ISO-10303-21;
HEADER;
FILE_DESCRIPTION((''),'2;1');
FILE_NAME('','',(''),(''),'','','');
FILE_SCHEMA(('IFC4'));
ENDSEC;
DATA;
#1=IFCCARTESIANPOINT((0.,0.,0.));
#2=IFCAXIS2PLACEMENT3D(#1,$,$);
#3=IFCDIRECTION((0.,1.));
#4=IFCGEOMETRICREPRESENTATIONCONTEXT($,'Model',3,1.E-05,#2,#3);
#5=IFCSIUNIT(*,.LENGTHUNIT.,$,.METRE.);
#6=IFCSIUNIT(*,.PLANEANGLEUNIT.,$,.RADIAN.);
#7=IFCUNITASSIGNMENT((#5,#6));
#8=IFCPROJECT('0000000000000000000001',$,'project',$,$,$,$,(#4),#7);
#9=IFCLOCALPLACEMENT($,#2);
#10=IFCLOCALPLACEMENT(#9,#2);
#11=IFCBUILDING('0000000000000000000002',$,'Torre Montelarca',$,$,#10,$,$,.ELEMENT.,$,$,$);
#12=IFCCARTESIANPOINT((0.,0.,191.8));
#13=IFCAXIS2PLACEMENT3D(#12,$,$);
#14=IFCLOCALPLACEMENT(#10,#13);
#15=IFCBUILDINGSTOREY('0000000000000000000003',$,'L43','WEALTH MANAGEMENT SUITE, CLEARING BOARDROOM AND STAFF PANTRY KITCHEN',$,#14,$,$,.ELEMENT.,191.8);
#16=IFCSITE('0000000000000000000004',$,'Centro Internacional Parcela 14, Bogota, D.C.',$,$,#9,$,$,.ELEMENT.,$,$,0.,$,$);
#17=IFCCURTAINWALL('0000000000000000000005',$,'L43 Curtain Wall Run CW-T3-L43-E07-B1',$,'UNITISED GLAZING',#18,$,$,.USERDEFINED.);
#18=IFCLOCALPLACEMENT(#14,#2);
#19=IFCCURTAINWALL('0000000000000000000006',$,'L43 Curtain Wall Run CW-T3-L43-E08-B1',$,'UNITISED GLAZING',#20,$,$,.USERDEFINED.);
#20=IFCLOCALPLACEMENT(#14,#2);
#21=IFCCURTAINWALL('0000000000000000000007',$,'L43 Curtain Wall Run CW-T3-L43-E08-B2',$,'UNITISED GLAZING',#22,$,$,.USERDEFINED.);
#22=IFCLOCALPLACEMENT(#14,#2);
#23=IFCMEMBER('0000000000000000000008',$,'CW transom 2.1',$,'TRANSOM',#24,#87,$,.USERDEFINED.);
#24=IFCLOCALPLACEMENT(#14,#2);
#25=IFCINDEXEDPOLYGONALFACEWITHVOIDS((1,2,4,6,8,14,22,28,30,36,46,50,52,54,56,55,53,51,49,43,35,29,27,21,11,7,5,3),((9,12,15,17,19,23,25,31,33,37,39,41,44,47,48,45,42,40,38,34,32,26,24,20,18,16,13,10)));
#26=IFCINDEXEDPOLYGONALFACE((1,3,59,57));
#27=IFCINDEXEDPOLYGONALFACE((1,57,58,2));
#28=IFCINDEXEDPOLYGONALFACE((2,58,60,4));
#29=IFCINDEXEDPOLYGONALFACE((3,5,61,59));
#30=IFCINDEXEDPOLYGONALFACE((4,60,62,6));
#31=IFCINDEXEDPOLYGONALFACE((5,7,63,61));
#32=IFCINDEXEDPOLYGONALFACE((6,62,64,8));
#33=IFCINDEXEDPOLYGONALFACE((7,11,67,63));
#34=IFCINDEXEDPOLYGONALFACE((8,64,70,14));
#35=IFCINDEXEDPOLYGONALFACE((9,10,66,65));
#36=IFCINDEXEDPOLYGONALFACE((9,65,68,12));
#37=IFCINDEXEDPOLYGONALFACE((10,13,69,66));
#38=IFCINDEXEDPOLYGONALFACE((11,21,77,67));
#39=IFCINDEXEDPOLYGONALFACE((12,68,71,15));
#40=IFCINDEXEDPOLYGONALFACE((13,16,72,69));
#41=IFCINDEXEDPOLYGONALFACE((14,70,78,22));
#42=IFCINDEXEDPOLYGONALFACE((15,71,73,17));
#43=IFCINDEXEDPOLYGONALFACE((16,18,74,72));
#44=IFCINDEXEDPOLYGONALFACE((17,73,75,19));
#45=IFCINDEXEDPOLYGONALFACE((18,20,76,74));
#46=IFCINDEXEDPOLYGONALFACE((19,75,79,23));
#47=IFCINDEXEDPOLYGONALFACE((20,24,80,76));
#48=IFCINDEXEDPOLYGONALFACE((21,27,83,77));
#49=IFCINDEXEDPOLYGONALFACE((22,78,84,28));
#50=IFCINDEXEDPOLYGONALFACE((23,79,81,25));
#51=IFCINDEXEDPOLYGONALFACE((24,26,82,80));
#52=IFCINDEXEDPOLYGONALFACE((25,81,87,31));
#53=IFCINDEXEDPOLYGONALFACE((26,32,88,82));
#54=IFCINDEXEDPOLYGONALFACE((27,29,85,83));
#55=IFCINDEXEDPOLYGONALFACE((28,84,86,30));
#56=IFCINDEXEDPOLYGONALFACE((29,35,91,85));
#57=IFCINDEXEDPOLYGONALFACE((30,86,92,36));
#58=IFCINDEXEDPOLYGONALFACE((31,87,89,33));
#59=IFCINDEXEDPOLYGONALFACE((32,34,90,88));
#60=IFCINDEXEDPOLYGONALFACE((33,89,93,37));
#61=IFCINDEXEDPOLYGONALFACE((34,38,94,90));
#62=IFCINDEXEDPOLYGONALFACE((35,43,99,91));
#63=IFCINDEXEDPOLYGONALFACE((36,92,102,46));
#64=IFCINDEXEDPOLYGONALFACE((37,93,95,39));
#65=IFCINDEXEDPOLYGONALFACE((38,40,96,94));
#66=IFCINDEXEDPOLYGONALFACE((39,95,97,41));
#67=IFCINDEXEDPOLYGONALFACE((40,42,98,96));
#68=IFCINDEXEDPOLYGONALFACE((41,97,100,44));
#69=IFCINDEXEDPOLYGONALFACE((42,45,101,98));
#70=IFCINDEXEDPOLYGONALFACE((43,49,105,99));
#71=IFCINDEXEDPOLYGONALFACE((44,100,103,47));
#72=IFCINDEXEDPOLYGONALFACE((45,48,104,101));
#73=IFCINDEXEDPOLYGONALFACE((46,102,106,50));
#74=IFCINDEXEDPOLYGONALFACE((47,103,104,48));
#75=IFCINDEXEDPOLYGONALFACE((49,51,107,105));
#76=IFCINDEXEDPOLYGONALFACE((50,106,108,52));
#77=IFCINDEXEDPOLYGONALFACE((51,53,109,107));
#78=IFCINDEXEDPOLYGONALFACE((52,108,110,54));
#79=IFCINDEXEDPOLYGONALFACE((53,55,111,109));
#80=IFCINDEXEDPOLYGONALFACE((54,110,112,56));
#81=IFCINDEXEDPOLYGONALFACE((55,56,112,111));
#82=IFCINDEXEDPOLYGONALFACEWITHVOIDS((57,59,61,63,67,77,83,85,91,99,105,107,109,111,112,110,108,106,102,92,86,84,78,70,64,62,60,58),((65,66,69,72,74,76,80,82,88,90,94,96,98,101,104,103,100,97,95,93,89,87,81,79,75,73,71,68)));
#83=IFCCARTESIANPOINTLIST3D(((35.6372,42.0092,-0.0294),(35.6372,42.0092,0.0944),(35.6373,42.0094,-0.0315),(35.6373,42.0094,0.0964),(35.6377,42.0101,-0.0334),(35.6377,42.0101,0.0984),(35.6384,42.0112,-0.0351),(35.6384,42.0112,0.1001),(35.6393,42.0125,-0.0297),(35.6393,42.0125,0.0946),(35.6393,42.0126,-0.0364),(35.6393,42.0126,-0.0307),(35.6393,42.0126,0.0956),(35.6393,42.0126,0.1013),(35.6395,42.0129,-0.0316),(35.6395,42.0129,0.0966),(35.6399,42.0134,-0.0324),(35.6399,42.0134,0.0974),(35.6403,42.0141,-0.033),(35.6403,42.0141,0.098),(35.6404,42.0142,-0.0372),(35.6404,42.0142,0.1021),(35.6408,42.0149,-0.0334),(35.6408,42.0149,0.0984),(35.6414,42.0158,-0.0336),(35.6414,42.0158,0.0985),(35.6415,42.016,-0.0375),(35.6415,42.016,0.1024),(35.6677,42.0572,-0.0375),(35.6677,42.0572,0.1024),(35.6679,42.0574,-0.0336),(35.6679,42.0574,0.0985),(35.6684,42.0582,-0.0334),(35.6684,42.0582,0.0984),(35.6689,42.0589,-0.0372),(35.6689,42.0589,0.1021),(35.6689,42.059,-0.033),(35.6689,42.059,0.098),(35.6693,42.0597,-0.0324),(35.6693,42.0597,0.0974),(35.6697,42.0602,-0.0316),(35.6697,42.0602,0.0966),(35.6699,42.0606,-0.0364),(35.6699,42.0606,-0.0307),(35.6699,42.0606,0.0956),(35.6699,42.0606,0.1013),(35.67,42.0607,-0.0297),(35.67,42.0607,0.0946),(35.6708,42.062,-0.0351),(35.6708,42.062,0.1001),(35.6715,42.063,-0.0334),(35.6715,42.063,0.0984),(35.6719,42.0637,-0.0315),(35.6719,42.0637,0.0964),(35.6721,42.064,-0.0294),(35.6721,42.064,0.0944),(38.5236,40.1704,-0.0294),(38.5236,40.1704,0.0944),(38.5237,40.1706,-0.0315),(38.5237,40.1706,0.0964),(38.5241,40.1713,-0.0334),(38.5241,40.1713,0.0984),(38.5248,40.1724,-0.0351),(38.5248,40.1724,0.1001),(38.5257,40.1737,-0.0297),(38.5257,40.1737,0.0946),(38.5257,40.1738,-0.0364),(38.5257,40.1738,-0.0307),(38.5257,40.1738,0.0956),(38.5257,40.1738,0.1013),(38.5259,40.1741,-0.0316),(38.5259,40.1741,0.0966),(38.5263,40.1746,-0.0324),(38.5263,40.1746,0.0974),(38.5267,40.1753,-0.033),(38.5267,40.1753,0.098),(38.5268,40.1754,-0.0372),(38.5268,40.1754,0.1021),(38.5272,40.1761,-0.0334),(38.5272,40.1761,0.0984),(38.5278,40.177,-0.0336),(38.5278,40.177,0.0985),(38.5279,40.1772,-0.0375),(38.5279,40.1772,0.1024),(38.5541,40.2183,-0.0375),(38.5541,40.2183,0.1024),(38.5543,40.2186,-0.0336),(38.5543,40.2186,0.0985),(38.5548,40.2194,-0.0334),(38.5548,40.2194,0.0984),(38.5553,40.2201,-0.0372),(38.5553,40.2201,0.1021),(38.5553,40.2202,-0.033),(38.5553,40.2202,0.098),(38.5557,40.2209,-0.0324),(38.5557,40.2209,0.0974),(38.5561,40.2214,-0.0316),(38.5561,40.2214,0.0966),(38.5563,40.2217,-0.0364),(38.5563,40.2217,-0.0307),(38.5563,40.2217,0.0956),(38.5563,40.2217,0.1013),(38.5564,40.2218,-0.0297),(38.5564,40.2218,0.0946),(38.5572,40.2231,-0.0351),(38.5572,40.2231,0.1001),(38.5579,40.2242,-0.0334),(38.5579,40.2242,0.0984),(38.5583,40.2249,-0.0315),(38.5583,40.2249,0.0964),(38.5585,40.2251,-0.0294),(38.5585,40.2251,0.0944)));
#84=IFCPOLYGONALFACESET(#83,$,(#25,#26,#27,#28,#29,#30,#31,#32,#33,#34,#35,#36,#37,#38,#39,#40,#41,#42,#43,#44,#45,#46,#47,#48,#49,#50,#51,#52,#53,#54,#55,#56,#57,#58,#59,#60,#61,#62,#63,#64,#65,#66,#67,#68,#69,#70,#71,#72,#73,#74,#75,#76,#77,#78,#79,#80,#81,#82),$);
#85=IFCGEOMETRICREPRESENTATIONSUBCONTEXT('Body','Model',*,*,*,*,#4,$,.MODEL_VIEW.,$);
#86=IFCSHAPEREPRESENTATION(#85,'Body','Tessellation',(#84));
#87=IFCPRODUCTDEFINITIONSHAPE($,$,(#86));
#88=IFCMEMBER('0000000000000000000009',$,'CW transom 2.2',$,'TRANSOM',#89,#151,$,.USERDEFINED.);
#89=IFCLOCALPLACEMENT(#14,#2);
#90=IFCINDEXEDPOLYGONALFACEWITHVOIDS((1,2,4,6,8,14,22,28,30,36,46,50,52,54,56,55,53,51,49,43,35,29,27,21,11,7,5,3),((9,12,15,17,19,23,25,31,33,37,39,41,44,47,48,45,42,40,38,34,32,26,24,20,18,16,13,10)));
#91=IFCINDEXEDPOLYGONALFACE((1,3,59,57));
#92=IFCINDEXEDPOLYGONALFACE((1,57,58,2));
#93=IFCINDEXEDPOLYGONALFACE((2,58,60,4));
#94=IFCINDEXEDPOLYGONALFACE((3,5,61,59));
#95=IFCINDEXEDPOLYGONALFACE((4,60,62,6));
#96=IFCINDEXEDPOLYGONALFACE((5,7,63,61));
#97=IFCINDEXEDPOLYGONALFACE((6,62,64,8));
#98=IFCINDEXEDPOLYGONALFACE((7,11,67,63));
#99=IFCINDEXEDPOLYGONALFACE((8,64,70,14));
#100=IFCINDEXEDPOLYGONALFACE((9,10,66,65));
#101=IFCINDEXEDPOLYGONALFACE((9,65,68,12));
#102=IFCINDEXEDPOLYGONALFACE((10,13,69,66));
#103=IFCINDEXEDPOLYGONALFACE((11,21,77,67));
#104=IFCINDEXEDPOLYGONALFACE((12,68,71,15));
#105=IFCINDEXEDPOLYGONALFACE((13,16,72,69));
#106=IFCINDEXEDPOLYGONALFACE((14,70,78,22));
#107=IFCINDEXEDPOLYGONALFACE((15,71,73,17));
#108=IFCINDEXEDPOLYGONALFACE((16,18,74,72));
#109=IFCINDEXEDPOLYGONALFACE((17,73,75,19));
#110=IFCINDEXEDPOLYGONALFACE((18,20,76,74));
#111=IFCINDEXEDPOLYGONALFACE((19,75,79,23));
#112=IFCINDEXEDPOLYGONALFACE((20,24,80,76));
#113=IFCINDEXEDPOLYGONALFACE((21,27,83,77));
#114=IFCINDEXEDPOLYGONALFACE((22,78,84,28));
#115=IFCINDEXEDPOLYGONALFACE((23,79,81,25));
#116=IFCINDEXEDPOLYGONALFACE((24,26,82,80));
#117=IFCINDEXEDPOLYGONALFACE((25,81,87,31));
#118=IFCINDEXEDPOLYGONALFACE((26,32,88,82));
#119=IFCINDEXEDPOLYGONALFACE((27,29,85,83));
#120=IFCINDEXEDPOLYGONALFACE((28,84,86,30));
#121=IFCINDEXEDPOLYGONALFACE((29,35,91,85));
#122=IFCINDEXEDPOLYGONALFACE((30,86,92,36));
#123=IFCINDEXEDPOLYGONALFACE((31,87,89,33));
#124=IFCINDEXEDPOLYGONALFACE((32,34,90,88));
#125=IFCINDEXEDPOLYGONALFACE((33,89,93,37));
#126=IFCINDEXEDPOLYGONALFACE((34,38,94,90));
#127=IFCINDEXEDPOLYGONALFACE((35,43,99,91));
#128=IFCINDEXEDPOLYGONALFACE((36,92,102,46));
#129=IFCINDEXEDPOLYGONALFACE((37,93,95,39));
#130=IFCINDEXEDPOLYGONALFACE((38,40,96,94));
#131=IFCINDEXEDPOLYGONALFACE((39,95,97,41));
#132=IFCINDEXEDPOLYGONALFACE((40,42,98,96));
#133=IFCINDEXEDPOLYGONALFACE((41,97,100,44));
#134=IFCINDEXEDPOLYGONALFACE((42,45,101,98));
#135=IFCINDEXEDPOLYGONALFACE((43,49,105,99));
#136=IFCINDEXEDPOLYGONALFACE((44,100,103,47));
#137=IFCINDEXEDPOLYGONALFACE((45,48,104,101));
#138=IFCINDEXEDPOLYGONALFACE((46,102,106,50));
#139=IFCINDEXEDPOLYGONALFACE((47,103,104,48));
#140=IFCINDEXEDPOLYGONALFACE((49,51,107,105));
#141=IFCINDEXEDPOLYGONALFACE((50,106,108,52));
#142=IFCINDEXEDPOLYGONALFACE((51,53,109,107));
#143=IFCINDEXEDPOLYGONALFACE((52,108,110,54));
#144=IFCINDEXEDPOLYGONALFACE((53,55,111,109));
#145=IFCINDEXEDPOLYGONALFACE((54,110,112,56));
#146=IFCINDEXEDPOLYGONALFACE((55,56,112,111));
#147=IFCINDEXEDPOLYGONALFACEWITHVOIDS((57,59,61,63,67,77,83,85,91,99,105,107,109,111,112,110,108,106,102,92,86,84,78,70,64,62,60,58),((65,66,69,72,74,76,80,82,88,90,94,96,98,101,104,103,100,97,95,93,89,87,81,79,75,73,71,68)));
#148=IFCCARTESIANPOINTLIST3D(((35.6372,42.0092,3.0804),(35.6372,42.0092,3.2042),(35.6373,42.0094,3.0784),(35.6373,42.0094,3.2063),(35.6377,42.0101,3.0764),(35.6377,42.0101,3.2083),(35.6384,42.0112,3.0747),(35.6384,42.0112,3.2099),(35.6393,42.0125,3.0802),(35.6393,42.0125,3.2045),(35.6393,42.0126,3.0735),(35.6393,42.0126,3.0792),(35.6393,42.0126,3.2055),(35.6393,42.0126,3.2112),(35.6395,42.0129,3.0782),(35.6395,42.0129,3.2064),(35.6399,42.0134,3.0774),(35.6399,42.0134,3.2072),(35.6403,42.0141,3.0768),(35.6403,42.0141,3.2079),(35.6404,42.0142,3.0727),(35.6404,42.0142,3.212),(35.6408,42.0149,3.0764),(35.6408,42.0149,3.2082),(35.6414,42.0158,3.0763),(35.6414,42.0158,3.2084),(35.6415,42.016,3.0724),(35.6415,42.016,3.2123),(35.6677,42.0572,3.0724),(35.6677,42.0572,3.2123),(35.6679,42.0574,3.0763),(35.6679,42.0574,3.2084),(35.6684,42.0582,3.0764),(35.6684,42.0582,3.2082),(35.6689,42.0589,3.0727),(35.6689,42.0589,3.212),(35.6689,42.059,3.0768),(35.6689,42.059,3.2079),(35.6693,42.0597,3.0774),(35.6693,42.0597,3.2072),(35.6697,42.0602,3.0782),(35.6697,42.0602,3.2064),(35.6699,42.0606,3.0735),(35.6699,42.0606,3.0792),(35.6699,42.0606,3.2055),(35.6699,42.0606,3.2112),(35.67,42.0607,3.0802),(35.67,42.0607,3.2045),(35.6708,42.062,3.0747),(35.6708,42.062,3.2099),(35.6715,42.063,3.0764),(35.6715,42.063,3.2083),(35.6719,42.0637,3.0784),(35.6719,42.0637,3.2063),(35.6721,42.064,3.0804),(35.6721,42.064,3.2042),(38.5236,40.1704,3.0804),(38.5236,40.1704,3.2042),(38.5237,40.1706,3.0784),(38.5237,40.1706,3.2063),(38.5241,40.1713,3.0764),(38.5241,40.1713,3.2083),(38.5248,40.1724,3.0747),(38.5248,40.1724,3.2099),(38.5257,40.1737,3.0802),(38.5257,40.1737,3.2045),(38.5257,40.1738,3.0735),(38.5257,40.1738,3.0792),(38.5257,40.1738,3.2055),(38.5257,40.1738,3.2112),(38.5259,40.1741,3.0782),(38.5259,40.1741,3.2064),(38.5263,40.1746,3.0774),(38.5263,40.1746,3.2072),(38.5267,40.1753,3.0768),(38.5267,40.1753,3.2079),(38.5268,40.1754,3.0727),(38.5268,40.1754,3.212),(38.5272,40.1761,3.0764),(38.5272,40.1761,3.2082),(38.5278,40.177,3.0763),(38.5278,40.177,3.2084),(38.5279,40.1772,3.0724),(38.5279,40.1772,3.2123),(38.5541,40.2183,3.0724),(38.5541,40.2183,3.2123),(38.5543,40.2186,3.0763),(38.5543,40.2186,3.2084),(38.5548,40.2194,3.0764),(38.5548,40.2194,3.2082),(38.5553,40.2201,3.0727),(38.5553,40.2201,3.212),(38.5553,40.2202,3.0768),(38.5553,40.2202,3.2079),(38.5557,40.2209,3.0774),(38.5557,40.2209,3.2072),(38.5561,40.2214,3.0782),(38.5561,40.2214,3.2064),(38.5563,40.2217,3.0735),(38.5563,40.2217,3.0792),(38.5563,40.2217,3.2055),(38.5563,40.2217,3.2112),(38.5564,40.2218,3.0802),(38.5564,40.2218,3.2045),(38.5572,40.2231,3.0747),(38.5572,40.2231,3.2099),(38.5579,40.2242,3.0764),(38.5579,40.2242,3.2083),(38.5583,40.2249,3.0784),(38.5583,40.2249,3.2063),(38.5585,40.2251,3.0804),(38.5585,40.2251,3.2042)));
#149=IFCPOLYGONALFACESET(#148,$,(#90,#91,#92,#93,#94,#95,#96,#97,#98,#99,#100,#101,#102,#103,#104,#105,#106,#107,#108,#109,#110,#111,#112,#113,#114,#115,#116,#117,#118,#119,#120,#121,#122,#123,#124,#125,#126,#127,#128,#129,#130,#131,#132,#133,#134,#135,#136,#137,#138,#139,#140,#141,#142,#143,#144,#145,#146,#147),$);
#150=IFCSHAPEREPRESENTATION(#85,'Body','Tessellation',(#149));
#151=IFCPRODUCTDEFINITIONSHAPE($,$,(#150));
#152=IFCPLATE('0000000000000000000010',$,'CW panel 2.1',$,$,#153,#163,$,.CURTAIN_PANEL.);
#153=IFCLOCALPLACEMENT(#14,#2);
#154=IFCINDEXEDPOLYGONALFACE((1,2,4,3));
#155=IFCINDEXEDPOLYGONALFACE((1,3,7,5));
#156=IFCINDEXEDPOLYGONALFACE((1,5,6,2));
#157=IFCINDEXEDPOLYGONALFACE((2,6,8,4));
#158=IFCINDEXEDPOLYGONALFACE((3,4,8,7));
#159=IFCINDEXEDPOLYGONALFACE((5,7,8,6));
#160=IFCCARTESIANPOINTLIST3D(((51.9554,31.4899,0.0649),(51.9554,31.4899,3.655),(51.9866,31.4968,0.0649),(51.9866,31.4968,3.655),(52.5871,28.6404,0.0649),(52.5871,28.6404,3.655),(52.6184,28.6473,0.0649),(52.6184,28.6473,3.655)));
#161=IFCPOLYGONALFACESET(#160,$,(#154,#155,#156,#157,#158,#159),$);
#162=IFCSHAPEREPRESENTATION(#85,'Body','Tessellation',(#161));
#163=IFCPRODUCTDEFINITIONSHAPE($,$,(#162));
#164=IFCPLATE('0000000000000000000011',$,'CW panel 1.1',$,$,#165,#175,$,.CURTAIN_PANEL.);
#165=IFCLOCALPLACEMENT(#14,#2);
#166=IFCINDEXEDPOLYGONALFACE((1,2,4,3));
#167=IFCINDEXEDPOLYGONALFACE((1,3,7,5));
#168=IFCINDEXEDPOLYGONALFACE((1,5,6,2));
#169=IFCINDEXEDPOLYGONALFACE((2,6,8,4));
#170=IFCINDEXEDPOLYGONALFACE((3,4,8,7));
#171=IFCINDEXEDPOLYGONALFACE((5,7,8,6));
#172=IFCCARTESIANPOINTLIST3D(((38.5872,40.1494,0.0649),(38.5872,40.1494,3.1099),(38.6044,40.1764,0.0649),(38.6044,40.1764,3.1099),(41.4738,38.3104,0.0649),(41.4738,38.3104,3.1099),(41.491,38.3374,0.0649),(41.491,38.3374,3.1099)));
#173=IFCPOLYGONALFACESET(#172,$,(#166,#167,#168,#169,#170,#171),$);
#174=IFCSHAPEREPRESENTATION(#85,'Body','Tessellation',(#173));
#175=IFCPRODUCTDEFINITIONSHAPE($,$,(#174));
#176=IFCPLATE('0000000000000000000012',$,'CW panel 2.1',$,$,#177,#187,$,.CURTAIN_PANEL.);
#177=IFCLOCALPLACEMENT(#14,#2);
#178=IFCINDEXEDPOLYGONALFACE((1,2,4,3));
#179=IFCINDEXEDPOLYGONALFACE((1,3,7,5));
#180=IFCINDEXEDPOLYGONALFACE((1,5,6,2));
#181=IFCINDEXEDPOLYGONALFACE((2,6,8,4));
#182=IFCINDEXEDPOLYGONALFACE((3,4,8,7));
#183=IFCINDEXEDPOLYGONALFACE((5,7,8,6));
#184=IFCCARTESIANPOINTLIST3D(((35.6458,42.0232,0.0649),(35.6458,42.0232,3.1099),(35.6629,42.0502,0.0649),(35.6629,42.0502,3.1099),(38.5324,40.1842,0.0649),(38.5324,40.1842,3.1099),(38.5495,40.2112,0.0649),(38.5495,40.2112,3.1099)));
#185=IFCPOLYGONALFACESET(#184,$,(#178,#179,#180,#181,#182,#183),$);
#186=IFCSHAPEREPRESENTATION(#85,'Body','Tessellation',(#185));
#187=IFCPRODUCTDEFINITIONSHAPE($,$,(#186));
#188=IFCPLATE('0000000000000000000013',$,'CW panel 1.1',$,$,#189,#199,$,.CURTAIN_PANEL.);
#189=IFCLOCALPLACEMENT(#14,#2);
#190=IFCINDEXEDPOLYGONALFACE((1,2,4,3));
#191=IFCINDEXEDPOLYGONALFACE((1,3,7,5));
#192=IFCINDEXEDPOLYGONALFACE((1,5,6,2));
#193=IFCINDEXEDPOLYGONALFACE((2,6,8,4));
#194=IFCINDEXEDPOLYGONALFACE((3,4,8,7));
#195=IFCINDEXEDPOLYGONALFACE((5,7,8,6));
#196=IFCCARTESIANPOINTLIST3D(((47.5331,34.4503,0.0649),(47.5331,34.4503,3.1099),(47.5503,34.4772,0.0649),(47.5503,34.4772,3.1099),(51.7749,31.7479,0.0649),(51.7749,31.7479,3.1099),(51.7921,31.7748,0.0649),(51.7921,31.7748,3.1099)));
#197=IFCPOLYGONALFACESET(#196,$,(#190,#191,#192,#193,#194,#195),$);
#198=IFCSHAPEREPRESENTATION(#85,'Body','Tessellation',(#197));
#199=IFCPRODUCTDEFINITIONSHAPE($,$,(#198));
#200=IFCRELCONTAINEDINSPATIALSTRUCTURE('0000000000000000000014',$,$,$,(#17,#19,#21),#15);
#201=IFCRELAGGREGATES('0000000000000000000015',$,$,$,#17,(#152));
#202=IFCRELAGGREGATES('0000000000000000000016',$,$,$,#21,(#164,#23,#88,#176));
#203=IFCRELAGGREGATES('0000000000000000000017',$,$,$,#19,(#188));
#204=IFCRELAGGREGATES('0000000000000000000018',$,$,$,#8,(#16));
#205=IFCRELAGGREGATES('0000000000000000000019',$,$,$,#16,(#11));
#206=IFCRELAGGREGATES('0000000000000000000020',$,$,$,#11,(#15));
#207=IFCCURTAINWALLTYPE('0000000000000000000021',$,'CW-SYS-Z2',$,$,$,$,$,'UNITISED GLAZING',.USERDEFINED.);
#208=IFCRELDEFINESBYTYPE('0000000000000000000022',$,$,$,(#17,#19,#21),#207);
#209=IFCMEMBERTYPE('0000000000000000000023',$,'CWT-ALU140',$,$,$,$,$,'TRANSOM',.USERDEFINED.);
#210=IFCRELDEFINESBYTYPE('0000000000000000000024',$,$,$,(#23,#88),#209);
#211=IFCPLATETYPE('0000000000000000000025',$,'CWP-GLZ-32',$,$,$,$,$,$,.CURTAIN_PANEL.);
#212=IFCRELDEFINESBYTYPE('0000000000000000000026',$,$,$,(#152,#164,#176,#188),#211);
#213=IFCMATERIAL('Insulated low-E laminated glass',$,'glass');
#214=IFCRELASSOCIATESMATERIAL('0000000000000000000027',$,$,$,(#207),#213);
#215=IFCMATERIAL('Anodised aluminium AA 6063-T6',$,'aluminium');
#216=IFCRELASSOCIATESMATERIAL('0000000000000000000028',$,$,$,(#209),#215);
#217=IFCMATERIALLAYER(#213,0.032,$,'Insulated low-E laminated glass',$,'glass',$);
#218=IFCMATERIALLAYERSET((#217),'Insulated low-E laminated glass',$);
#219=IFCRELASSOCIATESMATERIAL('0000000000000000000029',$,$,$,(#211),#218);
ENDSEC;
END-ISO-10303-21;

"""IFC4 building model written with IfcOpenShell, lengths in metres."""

from ifc_helpers import new_model, si_unit, direction, frame, origin, origin_2d, place, context, subcontext, project, spatial, rectangle, hollow_rectangle, extrude, source, transform, mapped, material, layer, layer_set, material_profile, profile_set, type_object, element, aggregate, save


model = new_model("IFC4")

# Units and contexts
model_context = context("Model", 3, precision=1e-05, world=origin(), true_north=direction((0.0, 1.0)))
body_context = subcontext(model_context, "Body", "Model", "MODEL_VIEW")
ifc_project = project(units=[si_unit("LENGTHUNIT", "METRE"), si_unit("PLANEANGLEUNIT", "RADIAN")], contexts=[model_context])

# Site, building, storey
site_placement = place(None, origin())
site = spatial("IfcSite", under=ifc_project, at=site_placement, Name="Centro Internacional Parcela 14, Bogota, D.C.", CompositionType="ELEMENT", RefElevation=0.0)
building_placement = place(site_placement, origin())
building = spatial("IfcBuilding", under=site, at=building_placement, Name="Torre Montelarca", CompositionType="ELEMENT")
storey_placement = place(building_placement, frame((0.0, 0.0, 191.8)))
storey = spatial("IfcBuildingStorey", under=building, at=storey_placement, Name="L43", Description="WEALTH MANAGEMENT SUITE, CLEARING BOARDROOM AND STAFF PANTRY KITCHEN", CompositionType="ELEMENT", Elevation=191.8)

# Curtain walls
ifc_material_1 = material(Name="Insulated low-E laminated glass", Category="glass")
curtain_wall_type = type_object("IfcCurtainWallType", Name="CW-SYS-Z2", ElementType="UNITISED GLAZING", PredefinedType="USERDEFINED", material=ifc_material_1)
curtain_wall_1_placement = place(storey_placement, origin())
curtain_wall_1 = element("IfcCurtainWall", 1, at=curtain_wall_1_placement, inside=storey, type_object=curtain_wall_type, Name="L43 Curtain Wall Run CW-T3-L43-E07-B1", ObjectType="UNITISED GLAZING", PredefinedType="USERDEFINED")
ifc_material_2 = material(Name="Anodised aluminium AA 6063-T6", Category="aluminium")
ifc_material_profile_1 = material_profile(ifc_material_2, hollow_rectangle(XDim=0.0649, YDim=0.1399, WallThickness=0.0039, InnerFilletRadius=0.0039, OuterFilletRadius=0.0081, at=origin_2d()), Name="ALU65X140X4", Category="aluminium")
ifc_profile_set_1 = profile_set([ifc_material_profile_1], Name="Anodised aluminium AA 6063-T6")
member_type_1 = type_object("IfcMemberType", Name="CWT-ALU140", ElementType="TRANSOM", PredefinedType="USERDEFINED", material=ifc_profile_set_1)
curtain_wall_2_placement = place(storey_placement, origin())
curtain_wall_2 = element("IfcCurtainWall", 2, at=curtain_wall_2_placement, inside=storey, type_object=curtain_wall_type, Name="L43 Curtain Wall Run CW-T3-L43-E08-B1", ObjectType="UNITISED GLAZING", PredefinedType="USERDEFINED")
curtain_wall_3_placement = place(storey_placement, origin())
curtain_wall_3 = element("IfcCurtainWall", 3, at=curtain_wall_3_placement, inside=storey, type_object=curtain_wall_type, Name="L43 Curtain Wall Run CW-T3-L43-E08-B2", ObjectType="UNITISED GLAZING", PredefinedType="USERDEFINED")

# Members
shared_shape_1 = source(origin(), body_context, "Body", "SweptSolid", [
    extrude(hollow_rectangle(XDim=0.0649, YDim=0.1399, WallThickness=0.0039, InnerFilletRadius=0.0039, OuterFilletRadius=0.0081, at=origin_2d()), origin(), (0.0, 0.0, 1.0), 3.4224),
])
member_1_placement = place(storey_placement, frame((38.541, 40.1978, 0.0325), z_axis=(-0.843394, 0.537295, 0.0), x_axis=(-0.537295, -0.843394, 0.0)))
member_1 = element("IfcMember", 4, at=member_1_placement, type_object=member_type_1, Name="CW transom 2.1", ObjectType="TRANSOM", PredefinedType="USERDEFINED", context=body_context, shape_type="MappedRepresentation", body=[
    mapped(shared_shape_1, transform((0.0, 0.0, 0.0), scale=1.0)),
])
member_2_placement = place(storey_placement, frame((38.541, 40.1978, 3.1423), z_axis=(-0.843394, 0.537295, 0.0), x_axis=(-0.537295, -0.843394, 0.0)))
member_2 = element("IfcMember", 5, at=member_2_placement, type_object=member_type_1, Name="CW transom 2.2", ObjectType="TRANSOM", PredefinedType="USERDEFINED", context=body_context, shape_type="MappedRepresentation", body=[
    mapped(shared_shape_1, transform((0.0, 0.0, 0.0), scale=1.0)),
])

# Plates
ifc_layer_1 = layer(ifc_material_1, 0.032, Name="Insulated low-E laminated glass", Category="glass")
ifc_layer_set_1 = layer_set([ifc_layer_1], Name="Insulated low-E laminated glass")
plate_type = type_object("IfcPlateType", Name="CWP-GLZ-32", PredefinedType="CURTAIN_PANEL", material=ifc_layer_set_1)
shared_shape_2 = source(origin(), body_context, "Body", "SweptSolid", [
    extrude(rectangle(XDim=2.9187, YDim=0.032, at=origin_2d()), origin(), (0.0, 0.0, 1.0), 3.5901),
])
plate_1_placement = place(storey_placement, frame((52.2869, 30.0686, 0.0649), z_axis=(0.0, 0.0, 1.0), x_axis=(-0.216448, 0.976294, 0.0)))
plate_1 = element("IfcPlate", 6, at=plate_1_placement, type_object=plate_type, Name="CW panel 2.1", PredefinedType="CURTAIN_PANEL", context=body_context, shape_type="MappedRepresentation", body=[
    mapped(shared_shape_2, transform((0.0, 0.0, 0.0), scale=1.0)),
])
aggregate(curtain_wall_1, [plate_1])
shared_shape_3 = source(origin(), body_context, "Body", "SweptSolid", [
    extrude(rectangle(XDim=3.4226, YDim=0.032, at=origin_2d()), origin(), (0.0, 0.0, 1.0), 3.0449),
])
plate_2_placement = place(storey_placement, frame((40.0391, 39.2434, 0.0649), z_axis=(0.0, 0.0, 1.0), x_axis=(-0.843392, 0.537299, 0.0)))
plate_2 = element("IfcPlate", 7, at=plate_2_placement, type_object=plate_type, Name="CW panel 1.1", PredefinedType="CURTAIN_PANEL", context=body_context, shape_type="MappedRepresentation", body=[
    mapped(shared_shape_3, transform((0.0, 0.0, 0.0), scale=1.0)),
])
plate_3_placement = place(storey_placement, frame((37.0977, 41.1172, 0.0649), z_axis=(0.0, 0.0, 1.0), x_axis=(-0.843392, 0.537299, 0.0)))
plate_3 = element("IfcPlate", 8, at=plate_3_placement, type_object=plate_type, Name="CW panel 2.1", PredefinedType="CURTAIN_PANEL", context=body_context, shape_type="MappedRepresentation", body=[
    mapped(shared_shape_3, transform((0.0, 0.0, 0.0), scale=1.0)),
])
aggregate(curtain_wall_3, [plate_2, member_1, member_2, plate_3])
shared_shape_4 = source(origin(), body_context, "Body", "SweptSolid", [
    extrude(rectangle(XDim=5.0295, YDim=0.032, at=origin_2d()), origin(), (0.0, 0.0, 1.0), 3.0449),
])
plate_4_placement = place(storey_placement, frame((49.6626, 33.1125, 0.0649), z_axis=(0.0, 0.0, 1.0), x_axis=(-0.84339, 0.537301, 0.0)))
plate_4 = element("IfcPlate", 9, at=plate_4_placement, type_object=plate_type, Name="CW panel 1.1", PredefinedType="CURTAIN_PANEL", context=body_context, shape_type="MappedRepresentation", body=[
    mapped(shared_shape_4, transform((0.0, 0.0, 0.0), scale=1.0)),
])
aggregate(curtain_wall_2, [plate_4])

save(model, "model.ifc")
